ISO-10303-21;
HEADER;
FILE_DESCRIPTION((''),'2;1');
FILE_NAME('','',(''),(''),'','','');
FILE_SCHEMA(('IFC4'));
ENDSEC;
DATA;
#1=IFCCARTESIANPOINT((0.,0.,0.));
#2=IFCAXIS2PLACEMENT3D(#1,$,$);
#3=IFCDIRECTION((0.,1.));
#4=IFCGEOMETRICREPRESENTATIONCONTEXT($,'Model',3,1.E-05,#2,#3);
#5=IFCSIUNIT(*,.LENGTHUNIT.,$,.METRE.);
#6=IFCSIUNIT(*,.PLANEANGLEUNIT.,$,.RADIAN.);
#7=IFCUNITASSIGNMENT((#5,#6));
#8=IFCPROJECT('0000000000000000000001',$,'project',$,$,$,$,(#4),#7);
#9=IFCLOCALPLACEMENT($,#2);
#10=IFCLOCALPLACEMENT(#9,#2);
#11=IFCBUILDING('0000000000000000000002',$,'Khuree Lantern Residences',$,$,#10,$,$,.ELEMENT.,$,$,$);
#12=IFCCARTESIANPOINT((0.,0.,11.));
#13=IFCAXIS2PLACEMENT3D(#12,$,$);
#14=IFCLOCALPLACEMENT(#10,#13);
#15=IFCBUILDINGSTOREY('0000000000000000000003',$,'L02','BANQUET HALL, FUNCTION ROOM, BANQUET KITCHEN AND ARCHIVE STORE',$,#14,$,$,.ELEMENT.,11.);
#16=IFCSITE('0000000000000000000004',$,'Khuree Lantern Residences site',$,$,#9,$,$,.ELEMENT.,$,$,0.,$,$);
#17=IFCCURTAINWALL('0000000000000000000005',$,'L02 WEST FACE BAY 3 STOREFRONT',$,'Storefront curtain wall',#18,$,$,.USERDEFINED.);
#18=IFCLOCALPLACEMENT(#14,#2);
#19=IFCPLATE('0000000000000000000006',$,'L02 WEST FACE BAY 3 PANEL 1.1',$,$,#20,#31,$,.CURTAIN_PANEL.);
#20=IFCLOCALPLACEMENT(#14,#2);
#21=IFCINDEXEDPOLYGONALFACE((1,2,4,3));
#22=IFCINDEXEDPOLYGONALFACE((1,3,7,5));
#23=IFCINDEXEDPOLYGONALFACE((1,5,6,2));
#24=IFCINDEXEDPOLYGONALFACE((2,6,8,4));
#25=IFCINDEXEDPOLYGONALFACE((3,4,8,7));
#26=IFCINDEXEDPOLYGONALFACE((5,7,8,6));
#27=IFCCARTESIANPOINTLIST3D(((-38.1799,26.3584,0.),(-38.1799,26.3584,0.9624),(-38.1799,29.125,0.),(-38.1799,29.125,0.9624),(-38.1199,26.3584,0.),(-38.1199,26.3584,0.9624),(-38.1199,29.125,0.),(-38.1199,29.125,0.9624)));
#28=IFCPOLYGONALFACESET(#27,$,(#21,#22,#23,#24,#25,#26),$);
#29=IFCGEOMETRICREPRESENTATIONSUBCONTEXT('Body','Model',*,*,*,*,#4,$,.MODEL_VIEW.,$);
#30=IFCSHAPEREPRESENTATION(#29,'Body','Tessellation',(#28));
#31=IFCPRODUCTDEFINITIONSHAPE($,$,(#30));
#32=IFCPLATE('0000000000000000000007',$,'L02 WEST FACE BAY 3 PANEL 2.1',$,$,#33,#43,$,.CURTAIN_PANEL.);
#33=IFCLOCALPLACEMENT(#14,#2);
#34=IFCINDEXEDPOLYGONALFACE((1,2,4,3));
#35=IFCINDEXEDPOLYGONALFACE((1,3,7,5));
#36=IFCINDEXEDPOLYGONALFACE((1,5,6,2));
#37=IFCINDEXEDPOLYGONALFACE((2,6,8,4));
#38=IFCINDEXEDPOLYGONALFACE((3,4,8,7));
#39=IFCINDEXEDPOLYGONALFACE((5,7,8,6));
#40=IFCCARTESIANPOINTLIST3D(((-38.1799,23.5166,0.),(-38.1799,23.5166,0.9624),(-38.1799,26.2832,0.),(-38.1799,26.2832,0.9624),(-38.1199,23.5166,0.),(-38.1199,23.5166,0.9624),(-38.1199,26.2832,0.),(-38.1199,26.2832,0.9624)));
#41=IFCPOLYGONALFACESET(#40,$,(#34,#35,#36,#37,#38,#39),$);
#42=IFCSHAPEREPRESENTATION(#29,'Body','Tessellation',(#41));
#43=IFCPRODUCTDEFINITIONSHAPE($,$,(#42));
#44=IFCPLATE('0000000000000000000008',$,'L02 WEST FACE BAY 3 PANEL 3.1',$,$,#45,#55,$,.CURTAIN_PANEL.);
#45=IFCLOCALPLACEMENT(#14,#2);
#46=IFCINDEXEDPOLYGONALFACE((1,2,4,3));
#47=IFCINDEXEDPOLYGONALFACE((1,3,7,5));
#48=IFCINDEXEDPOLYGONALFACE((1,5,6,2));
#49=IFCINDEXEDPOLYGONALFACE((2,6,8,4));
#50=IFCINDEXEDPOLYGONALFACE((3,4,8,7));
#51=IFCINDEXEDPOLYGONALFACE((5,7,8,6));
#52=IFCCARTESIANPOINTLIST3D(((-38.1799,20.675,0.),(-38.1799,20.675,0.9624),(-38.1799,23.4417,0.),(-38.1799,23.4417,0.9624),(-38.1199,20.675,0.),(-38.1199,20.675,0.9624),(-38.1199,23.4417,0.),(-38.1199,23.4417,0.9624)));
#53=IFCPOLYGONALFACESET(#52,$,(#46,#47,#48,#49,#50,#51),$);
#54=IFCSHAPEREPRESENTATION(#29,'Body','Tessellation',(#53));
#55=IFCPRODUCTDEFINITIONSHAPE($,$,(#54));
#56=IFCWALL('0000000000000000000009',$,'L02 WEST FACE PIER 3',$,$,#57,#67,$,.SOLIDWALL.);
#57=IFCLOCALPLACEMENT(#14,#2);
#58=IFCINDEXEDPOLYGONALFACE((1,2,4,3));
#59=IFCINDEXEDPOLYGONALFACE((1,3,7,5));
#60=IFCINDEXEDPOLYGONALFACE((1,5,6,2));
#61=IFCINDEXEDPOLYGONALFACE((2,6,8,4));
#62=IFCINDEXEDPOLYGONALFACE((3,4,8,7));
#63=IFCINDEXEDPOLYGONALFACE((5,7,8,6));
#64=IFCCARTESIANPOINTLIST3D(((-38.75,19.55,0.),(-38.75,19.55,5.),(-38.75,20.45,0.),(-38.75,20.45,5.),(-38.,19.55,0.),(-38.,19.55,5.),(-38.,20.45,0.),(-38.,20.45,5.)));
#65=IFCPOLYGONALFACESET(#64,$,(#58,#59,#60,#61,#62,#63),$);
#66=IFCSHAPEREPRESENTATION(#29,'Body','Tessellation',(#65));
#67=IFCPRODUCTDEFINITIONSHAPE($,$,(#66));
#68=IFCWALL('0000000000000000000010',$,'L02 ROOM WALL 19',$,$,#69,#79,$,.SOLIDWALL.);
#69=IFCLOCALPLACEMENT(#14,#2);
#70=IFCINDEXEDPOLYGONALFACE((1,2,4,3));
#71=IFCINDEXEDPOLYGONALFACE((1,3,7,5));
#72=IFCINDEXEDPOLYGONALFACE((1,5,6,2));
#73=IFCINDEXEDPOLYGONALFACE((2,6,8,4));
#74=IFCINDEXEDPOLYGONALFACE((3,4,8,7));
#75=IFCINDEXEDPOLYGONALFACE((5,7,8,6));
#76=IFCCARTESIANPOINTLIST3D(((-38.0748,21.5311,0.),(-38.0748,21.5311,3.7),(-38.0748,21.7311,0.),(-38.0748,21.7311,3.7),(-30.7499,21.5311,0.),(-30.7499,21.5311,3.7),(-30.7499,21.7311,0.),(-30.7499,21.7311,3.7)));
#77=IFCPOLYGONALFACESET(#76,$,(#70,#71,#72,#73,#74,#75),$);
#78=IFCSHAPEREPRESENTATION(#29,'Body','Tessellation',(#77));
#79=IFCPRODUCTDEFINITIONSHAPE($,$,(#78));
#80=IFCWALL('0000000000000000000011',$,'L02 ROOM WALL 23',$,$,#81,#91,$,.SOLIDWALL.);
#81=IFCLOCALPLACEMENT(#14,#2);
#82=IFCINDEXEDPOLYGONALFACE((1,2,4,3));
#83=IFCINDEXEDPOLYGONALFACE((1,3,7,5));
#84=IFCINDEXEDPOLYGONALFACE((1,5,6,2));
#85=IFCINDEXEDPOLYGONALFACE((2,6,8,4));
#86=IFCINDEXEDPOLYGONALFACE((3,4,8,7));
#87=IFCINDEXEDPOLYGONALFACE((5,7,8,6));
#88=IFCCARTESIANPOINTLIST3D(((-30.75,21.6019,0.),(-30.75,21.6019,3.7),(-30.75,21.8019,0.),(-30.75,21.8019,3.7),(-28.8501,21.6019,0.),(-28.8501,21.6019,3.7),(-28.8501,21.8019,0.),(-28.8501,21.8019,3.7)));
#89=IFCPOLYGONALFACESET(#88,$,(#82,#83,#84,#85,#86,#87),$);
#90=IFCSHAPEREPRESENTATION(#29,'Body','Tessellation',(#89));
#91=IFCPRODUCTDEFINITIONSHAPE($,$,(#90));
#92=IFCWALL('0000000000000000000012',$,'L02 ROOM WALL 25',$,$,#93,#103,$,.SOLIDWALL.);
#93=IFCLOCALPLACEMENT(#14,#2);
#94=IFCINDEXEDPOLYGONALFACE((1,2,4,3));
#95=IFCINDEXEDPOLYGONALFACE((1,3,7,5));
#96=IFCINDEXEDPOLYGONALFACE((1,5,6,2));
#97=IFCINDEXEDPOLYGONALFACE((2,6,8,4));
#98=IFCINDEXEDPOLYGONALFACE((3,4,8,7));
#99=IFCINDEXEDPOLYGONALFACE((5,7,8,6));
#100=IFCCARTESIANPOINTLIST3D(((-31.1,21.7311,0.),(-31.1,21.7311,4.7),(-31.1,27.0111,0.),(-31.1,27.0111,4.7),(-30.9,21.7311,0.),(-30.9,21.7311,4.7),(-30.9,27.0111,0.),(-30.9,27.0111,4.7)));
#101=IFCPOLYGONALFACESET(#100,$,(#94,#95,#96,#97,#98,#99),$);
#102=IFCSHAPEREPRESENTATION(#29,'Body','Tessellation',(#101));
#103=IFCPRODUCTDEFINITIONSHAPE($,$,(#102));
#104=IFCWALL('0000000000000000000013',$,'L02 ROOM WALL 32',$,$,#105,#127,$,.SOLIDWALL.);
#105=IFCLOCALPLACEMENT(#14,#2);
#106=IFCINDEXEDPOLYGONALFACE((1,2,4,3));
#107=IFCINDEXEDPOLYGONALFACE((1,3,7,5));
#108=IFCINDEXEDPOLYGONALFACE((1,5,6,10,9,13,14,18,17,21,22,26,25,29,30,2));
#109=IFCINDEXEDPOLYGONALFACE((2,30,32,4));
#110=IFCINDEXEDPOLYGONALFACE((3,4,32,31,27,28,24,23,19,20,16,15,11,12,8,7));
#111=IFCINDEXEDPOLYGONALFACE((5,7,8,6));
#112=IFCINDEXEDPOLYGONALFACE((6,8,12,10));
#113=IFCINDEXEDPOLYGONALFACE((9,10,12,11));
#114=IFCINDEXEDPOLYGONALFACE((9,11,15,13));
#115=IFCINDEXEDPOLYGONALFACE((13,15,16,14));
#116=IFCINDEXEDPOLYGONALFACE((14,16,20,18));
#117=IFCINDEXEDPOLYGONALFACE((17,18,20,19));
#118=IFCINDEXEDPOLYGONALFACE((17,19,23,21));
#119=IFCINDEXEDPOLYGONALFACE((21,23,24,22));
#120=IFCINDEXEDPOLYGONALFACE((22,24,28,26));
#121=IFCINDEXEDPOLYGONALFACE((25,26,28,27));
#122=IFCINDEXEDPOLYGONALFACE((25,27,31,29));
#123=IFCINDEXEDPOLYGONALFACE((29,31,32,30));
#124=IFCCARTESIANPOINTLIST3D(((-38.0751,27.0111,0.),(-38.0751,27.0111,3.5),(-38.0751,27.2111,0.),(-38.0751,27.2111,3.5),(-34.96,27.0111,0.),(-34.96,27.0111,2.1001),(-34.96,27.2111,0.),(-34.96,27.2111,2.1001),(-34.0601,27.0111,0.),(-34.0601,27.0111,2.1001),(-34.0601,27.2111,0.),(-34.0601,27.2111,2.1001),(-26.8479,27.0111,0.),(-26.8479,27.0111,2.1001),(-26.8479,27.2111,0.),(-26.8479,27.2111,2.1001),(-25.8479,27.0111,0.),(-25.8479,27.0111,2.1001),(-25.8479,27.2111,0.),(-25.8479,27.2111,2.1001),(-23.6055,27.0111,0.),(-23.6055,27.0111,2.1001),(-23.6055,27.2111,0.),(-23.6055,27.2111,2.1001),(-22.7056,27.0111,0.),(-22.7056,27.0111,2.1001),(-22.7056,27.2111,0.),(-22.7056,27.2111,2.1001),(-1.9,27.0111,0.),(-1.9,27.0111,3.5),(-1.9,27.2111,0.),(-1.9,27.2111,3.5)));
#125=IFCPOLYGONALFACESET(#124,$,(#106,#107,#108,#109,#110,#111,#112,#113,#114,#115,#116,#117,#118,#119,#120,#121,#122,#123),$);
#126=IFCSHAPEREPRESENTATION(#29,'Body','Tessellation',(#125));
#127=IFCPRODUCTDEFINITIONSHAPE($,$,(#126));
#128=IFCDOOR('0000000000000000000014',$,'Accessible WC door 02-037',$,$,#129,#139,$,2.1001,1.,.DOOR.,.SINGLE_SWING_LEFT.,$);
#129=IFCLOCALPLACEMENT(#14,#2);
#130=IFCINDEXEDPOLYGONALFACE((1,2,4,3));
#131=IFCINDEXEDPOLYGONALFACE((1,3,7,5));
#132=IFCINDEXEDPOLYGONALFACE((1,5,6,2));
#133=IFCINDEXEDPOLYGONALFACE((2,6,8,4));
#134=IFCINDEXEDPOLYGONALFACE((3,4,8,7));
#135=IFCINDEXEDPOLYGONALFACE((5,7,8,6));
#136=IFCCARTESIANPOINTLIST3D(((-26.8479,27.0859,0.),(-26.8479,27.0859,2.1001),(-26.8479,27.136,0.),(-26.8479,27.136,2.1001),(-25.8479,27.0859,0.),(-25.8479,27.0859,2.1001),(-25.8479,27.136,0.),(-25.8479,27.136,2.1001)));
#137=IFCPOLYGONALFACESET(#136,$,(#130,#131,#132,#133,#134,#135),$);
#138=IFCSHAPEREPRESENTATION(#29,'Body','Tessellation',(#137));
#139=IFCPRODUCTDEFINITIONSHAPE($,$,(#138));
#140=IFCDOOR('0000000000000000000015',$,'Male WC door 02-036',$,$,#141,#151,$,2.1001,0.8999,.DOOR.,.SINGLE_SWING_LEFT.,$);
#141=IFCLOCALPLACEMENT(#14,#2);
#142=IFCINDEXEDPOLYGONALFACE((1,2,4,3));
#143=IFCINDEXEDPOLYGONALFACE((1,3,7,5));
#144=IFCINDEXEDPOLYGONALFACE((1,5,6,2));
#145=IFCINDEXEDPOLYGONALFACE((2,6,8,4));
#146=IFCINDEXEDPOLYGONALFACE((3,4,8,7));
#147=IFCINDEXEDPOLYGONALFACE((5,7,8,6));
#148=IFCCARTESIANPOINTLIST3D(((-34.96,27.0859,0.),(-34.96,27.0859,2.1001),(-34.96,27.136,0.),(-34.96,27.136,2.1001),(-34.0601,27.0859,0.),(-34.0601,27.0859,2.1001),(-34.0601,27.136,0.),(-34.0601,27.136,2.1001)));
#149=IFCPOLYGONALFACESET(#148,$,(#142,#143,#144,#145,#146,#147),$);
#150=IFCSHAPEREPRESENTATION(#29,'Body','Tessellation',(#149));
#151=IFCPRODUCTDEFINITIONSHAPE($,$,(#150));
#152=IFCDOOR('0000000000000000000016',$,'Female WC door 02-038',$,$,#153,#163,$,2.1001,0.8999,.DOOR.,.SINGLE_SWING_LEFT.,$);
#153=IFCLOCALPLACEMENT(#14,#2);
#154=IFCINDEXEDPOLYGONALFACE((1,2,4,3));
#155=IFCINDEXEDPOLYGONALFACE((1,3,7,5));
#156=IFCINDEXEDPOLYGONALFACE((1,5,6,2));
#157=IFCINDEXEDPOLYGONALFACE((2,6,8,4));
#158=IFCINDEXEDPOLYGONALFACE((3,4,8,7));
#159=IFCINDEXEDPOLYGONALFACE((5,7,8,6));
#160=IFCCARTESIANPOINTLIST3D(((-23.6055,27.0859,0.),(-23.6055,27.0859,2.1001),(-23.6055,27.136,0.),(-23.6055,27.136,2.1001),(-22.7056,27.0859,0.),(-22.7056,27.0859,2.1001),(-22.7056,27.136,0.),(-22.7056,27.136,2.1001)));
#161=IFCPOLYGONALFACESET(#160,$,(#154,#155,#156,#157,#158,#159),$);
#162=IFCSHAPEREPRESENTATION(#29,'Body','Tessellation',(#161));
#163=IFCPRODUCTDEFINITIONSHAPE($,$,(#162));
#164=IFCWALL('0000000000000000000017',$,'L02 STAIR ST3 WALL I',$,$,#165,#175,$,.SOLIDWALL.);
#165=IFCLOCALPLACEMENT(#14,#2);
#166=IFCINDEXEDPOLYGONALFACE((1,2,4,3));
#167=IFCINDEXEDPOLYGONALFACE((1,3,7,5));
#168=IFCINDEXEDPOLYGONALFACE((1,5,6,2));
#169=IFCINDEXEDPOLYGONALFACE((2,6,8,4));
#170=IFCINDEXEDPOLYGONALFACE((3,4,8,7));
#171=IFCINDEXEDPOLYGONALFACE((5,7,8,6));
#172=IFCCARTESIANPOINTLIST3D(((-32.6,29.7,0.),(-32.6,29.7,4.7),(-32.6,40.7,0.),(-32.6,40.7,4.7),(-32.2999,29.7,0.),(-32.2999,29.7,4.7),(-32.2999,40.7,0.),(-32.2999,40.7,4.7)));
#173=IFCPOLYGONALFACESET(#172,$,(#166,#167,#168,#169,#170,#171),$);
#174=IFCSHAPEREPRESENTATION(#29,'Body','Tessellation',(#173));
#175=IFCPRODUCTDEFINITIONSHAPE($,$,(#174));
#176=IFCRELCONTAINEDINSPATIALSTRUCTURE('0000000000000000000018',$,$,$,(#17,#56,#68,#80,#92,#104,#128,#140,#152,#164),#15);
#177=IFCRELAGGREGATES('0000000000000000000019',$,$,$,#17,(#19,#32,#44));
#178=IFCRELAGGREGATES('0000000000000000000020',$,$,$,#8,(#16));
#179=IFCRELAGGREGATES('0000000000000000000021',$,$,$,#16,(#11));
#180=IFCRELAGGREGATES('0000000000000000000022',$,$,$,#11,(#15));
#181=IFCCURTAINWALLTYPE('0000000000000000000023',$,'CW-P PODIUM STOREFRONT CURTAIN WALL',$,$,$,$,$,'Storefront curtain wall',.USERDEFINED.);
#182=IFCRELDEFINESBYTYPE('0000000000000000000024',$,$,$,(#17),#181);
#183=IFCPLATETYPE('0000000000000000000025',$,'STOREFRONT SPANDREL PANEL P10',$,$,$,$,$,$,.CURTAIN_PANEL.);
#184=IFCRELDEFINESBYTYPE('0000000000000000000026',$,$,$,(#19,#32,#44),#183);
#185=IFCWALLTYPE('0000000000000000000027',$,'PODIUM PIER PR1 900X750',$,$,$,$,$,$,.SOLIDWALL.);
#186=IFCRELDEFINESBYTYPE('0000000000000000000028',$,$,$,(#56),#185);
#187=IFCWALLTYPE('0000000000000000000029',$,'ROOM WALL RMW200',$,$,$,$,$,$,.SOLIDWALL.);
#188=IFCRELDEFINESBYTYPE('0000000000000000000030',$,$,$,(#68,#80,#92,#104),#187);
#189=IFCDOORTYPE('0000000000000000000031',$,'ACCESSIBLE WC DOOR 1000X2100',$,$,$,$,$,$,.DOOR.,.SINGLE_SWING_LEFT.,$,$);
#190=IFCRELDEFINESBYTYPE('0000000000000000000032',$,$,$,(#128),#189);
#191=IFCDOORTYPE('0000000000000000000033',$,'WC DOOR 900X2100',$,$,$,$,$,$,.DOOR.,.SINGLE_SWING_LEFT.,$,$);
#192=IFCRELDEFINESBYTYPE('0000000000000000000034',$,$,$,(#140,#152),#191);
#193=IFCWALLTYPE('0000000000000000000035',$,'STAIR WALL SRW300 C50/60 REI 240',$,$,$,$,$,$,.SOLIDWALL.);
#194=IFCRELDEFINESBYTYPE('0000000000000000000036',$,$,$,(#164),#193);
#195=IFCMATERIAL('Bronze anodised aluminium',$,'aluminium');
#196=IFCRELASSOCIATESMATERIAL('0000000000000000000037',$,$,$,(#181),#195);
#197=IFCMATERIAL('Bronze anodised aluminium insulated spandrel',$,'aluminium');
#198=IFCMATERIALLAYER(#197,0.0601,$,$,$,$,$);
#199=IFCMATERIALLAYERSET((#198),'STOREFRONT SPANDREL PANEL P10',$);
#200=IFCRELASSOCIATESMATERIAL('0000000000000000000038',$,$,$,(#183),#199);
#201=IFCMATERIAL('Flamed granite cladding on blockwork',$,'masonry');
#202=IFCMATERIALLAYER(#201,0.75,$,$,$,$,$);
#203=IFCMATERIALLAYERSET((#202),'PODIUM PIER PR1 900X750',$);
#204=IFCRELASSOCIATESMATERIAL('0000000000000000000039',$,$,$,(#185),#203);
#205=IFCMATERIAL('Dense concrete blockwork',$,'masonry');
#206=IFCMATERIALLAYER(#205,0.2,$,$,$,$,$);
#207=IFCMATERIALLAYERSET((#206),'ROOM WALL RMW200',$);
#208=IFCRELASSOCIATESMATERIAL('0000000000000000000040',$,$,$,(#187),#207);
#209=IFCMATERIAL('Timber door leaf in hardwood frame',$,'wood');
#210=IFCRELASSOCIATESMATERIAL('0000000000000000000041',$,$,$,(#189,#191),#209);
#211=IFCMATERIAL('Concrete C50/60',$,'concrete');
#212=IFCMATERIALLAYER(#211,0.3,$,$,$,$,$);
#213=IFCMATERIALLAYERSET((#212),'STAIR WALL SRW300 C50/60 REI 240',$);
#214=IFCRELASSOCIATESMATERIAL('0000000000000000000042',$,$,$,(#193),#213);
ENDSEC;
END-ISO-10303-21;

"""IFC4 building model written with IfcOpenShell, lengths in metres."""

from ifc_helpers import new_model, si_unit, direction, frame, frame_2d, origin, origin_2d, place, context, subcontext, project, spatial, rectangle, extrude, material, layer, layer_set, type_object, element, fill, aggregate, save


model = new_model("IFC4")

# Units and contexts
model_context = context("Model", 3, precision=1e-05, world=origin(), true_north=direction((0.0, 1.0)))
body_context = subcontext(model_context, "Body", "Model", "MODEL_VIEW")
ifc_project = project(units=[si_unit("LENGTHUNIT", "METRE"), si_unit("PLANEANGLEUNIT", "RADIAN")], contexts=[model_context])

# Site, building, storey
site_placement = place(None, origin())
site = spatial("IfcSite", under=ifc_project, at=site_placement, Name="Khuree Lantern Residences site", CompositionType="ELEMENT", RefElevation=0.0)
building_placement = place(site_placement, origin())
building = spatial("IfcBuilding", under=site, at=building_placement, Name="Khuree Lantern Residences", CompositionType="ELEMENT")
storey_placement = place(building_placement, frame((0.0, 0.0, 11.0)))
storey = spatial("IfcBuildingStorey", under=building, at=storey_placement, Name="L02", Description="BANQUET HALL, FUNCTION ROOM, BANQUET KITCHEN AND ARCHIVE STORE", CompositionType="ELEMENT", Elevation=11.0)

# Curtain wall
ifc_material_1 = material(Name="Bronze anodised aluminium", Category="aluminium")
curtain_wall_type = type_object("IfcCurtainWallType", Name="CW-P PODIUM STOREFRONT CURTAIN WALL", ElementType="Storefront curtain wall", PredefinedType="USERDEFINED", material=ifc_material_1)
curtain_wall_placement = place(storey_placement, origin())
curtain_wall = element("IfcCurtainWall", 1, at=curtain_wall_placement, inside=storey, type_object=curtain_wall_type, Name="L02 WEST FACE BAY 3 STOREFRONT", ObjectType="Storefront curtain wall", PredefinedType="USERDEFINED")

# Plates
ifc_material_2 = material(Name="Bronze anodised aluminium insulated spandrel", Category="aluminium")
ifc_layer_1 = layer(ifc_material_2, 0.0601)
ifc_layer_set_1 = layer_set([ifc_layer_1], Name="STOREFRONT SPANDREL PANEL P10")
plate_type_1 = type_object("IfcPlateType", Name="STOREFRONT SPANDREL PANEL P10", PredefinedType="CURTAIN_PANEL", material=ifc_layer_set_1)
plate_1_placement = place(storey_placement, frame((-38.1499, 27.7417, 0.0), z_axis=(0.0, 0.0, 1.0), x_axis=(0.0, -1.0, 0.0)))
plate_1 = element("IfcPlate", 2, at=plate_1_placement, type_object=plate_type_1, Name="L02 WEST FACE BAY 3 PANEL 1.1", PredefinedType="CURTAIN_PANEL", context=body_context, shape_type="SweptSolid", body=[
    extrude(rectangle(XDim=2.7666, YDim=0.0601, at=origin_2d()), origin(), (0.0, 0.0, 1.0), 0.9624),
])
plate_2_placement = place(storey_placement, frame((-38.1499, 24.8999, 0.0), z_axis=(0.0, 0.0, 1.0), x_axis=(0.0, -1.0, 0.0)))
plate_2 = element("IfcPlate", 3, at=plate_2_placement, type_object=plate_type_1, Name="L02 WEST FACE BAY 3 PANEL 2.1", PredefinedType="CURTAIN_PANEL", context=body_context, shape_type="SweptSolid", body=[
    extrude(rectangle(XDim=2.7666, YDim=0.0601, at=origin_2d()), origin(), (0.0, 0.0, 1.0), 0.9624),
])
plate_3_placement = place(storey_placement, frame((-38.1499, 22.0583, 0.0), z_axis=(0.0, 0.0, 1.0), x_axis=(0.0, -1.0, 0.0)))
plate_3 = element("IfcPlate", 4, at=plate_3_placement, type_object=plate_type_1, Name="L02 WEST FACE BAY 3 PANEL 3.1", PredefinedType="CURTAIN_PANEL", context=body_context, shape_type="SweptSolid", body=[
    extrude(rectangle(XDim=2.7666, YDim=0.0601, at=origin_2d()), origin(), (0.0, 0.0, 1.0), 0.9624),
])
aggregate(curtain_wall, [plate_1, plate_2, plate_3])

# Walls
ifc_material_3 = material(Name="Flamed granite cladding on blockwork", Category="masonry")
ifc_layer_2 = layer(ifc_material_3, 0.75)
ifc_layer_set_2 = layer_set([ifc_layer_2], Name="PODIUM PIER PR1 900X750")
wall_type_1 = type_object("IfcWallType", Name="PODIUM PIER PR1 900X750", PredefinedType="SOLIDWALL", material=ifc_layer_set_2)
wall_1_placement = place(storey_placement, frame((-38.375, 20.45, 0.0), z_axis=(0.0, 0.0, 1.0), x_axis=(0.0, -1.0, 0.0)))
element("IfcWall", 5, at=wall_1_placement, inside=storey, type_object=wall_type_1, Name="L02 WEST FACE PIER 3", PredefinedType="SOLIDWALL", context=body_context, shape_type="SweptSolid", body=[
    extrude(rectangle(XDim=0.8999, YDim=0.75, at=frame_2d((0.45, 0.0))), origin(), (0.0, 0.0, 1.0), 5.0),
])
ifc_material_4 = material(Name="Dense concrete blockwork", Category="masonry")
ifc_layer_3 = layer(ifc_material_4, 0.2)
ifc_layer_set_3 = layer_set([ifc_layer_3], Name="ROOM WALL RMW200")
wall_type_2 = type_object("IfcWallType", Name="ROOM WALL RMW200", PredefinedType="SOLIDWALL", material=ifc_layer_set_3)
wall_2_placement = place(storey_placement, frame((-38.075, 21.6311, 0.0), z_axis=(0.0, 0.0, 1.0), x_axis=(1.0, 0.0, 0.0)))
element("IfcWall", 6, at=wall_2_placement, inside=storey, type_object=wall_type_2, Name="L02 ROOM WALL 19", PredefinedType="SOLIDWALL", context=body_context, shape_type="SweptSolid", body=[
    extrude(rectangle(XDim=7.325, YDim=0.2, at=frame_2d((3.6626, 0.0))), origin(), (0.0, 0.0, 1.0), 3.7),
])
wall_3_placement = place(storey_placement, frame((-30.75, 21.7019, 0.0), z_axis=(0.0, 0.0, 1.0), x_axis=(1.0, 0.0, 0.0)))
element("IfcWall", 7, at=wall_3_placement, inside=storey, type_object=wall_type_2, Name="L02 ROOM WALL 23", PredefinedType="SOLIDWALL", context=body_context, shape_type="SweptSolid", body=[
    extrude(rectangle(XDim=1.8999, YDim=0.2, at=frame_2d((0.95, 0.0))), origin(), (0.0, 0.0, 1.0), 3.7),
])
wall_4_placement = place(storey_placement, frame((-31.0, 21.731, 0.0), z_axis=(0.0, 0.0, 1.0), x_axis=(0.0, 1.0, 0.0)))
element("IfcWall", 8, at=wall_4_placement, inside=storey, type_object=wall_type_2, Name="L02 ROOM WALL 25", PredefinedType="SOLIDWALL", context=body_context, shape_type="SweptSolid", body=[
    extrude(rectangle(XDim=5.28, YDim=0.2, at=frame_2d((2.6401, 0.0))), origin(), (0.0, 0.0, 1.0), 4.7),
])

# Wall, openings, doors
wall_5_placement = place(storey_placement, frame((-38.075, 27.1111, 0.0), z_axis=(0.0, 0.0, 1.0), x_axis=(1.0, 0.0, 0.0)))
wall_5 = element("IfcWall", 9, at=wall_5_placement, inside=storey, type_object=wall_type_2, Name="L02 ROOM WALL 32", PredefinedType="SOLIDWALL", context=body_context, shape_type="SweptSolid", body=[
    extrude(rectangle(XDim=36.175, YDim=0.2, at=frame_2d((18.0874, 0.0))), origin(), (0.0, 0.0, 1.0), 3.5),
])
opening_1_placement = place(wall_5_placement, frame((3.115, 0.0, 0.0)))
opening_1 = element("IfcOpeningElement", 10, at=opening_1_placement, cuts=wall_5, PredefinedType="OPENING", context=body_context, shape_type="SweptSolid", body=[
    extrude(rectangle(XDim=0.8999, YDim=2.1001, at=frame_2d((0.45, 1.05))), frame((0.0, 0.1099, 0.0), z_axis=(0.0, -1.0, 0.0), x_axis=(1.0, 0.0, 0.0)), (0.0, 0.0, 1.0), 0.22),
])
opening_2_placement = place(wall_5_placement, frame((11.2271, 0.0, 0.0)))
opening_2 = element("IfcOpeningElement", 11, at=opening_2_placement, cuts=wall_5, PredefinedType="OPENING", context=body_context, shape_type="SweptSolid", body=[
    extrude(rectangle(XDim=1.0, YDim=2.1001, at=frame_2d((0.5, 1.05))), frame((0.0, 0.1099, 0.0), z_axis=(0.0, -1.0, 0.0), x_axis=(1.0, 0.0, 0.0)), (0.0, 0.0, 1.0), 0.22),
])
opening_3_placement = place(wall_5_placement, frame((14.4695, 0.0, 0.0)))
opening_3 = element("IfcOpeningElement", 12, at=opening_3_placement, cuts=wall_5, PredefinedType="OPENING", context=body_context, shape_type="SweptSolid", body=[
    extrude(rectangle(XDim=0.8999, YDim=2.1001, at=frame_2d((0.45, 1.05))), frame((0.0, 0.1099, 0.0), z_axis=(0.0, -1.0, 0.0), x_axis=(1.0, 0.0, 0.0)), (0.0, 0.0, 1.0), 0.22),
])
ifc_material_5 = material(Name="Timber door leaf in hardwood frame", Category="wood")
door_type_1 = type_object("IfcDoorType", Name="ACCESSIBLE WC DOOR 1000X2100", OperationType="SINGLE_SWING_LEFT", PredefinedType="DOOR", material=ifc_material_5)
door_1_placement = place(opening_2_placement, origin())
door_1 = element("IfcDoor", 13, at=door_1_placement, inside=storey, type_object=door_type_1, Name="Accessible WC door 02-037", OperationType="SINGLE_SWING_LEFT", OverallHeight=2.1001, OverallWidth=1.0, PredefinedType="DOOR", context=body_context, shape_type="SweptSolid", body=[
    extrude(rectangle(XDim=1.0, YDim=2.1001, at=frame_2d((0.5, 1.05))), frame((0.0, 0.0249, 0.0), z_axis=(0.0, -1.0, 0.0), x_axis=(1.0, 0.0, 0.0)), (0.0, 0.0, 1.0), 0.05),
])
fill(opening_2, door_1)
door_type_2 = type_object("IfcDoorType", Name="WC DOOR 900X2100", OperationType="SINGLE_SWING_LEFT", PredefinedType="DOOR", material=ifc_material_5)
door_2_placement = place(opening_1_placement, origin())
door_2 = element("IfcDoor", 14, at=door_2_placement, inside=storey, type_object=door_type_2, Name="Male WC door 02-036", OperationType="SINGLE_SWING_LEFT", OverallHeight=2.1001, OverallWidth=0.8999, PredefinedType="DOOR", context=body_context, shape_type="SweptSolid", body=[
    extrude(rectangle(XDim=0.8999, YDim=2.1001, at=frame_2d((0.45, 1.05))), frame((0.0, 0.0249, 0.0), z_axis=(0.0, -1.0, 0.0), x_axis=(1.0, 0.0, 0.0)), (0.0, 0.0, 1.0), 0.05),
])
fill(opening_1, door_2)
door_3_placement = place(opening_3_placement, origin())
door_3 = element("IfcDoor", 15, at=door_3_placement, inside=storey, type_object=door_type_2, Name="Female WC door 02-038", OperationType="SINGLE_SWING_LEFT", OverallHeight=2.1001, OverallWidth=0.8999, PredefinedType="DOOR", context=body_context, shape_type="SweptSolid", body=[
    extrude(rectangle(XDim=0.8999, YDim=2.1001, at=frame_2d((0.45, 1.05))), frame((0.0, 0.0249, 0.0), z_axis=(0.0, -1.0, 0.0), x_axis=(1.0, 0.0, 0.0)), (0.0, 0.0, 1.0), 0.05),
])
fill(opening_3, door_3)

# Wall
ifc_material_6 = material(Name="Concrete C50/60", Category="concrete")
ifc_layer_4 = layer(ifc_material_6, 0.3)
ifc_layer_set_4 = layer_set([ifc_layer_4], Name="STAIR WALL SRW300 C50/60 REI 240")
wall_type_3 = type_object("IfcWallType", Name="STAIR WALL SRW300 C50/60 REI 240", PredefinedType="SOLIDWALL", material=ifc_layer_set_4)
wall_6_placement = place(storey_placement, frame((-32.45, 29.7, 0.0), z_axis=(0.0, 0.0, 1.0), x_axis=(0.0, 1.0, 0.0)))
element("IfcWall", 16, at=wall_6_placement, inside=storey, type_object=wall_type_3, Name="L02 STAIR ST3 WALL I", PredefinedType="SOLIDWALL", context=body_context, shape_type="SweptSolid", body=[
    extrude(rectangle(XDim=11.0, YDim=0.3, at=frame_2d((5.5, 0.0))), origin(), (0.0, 0.0, 1.0), 4.7),
])

save(model, "model.ifc")
